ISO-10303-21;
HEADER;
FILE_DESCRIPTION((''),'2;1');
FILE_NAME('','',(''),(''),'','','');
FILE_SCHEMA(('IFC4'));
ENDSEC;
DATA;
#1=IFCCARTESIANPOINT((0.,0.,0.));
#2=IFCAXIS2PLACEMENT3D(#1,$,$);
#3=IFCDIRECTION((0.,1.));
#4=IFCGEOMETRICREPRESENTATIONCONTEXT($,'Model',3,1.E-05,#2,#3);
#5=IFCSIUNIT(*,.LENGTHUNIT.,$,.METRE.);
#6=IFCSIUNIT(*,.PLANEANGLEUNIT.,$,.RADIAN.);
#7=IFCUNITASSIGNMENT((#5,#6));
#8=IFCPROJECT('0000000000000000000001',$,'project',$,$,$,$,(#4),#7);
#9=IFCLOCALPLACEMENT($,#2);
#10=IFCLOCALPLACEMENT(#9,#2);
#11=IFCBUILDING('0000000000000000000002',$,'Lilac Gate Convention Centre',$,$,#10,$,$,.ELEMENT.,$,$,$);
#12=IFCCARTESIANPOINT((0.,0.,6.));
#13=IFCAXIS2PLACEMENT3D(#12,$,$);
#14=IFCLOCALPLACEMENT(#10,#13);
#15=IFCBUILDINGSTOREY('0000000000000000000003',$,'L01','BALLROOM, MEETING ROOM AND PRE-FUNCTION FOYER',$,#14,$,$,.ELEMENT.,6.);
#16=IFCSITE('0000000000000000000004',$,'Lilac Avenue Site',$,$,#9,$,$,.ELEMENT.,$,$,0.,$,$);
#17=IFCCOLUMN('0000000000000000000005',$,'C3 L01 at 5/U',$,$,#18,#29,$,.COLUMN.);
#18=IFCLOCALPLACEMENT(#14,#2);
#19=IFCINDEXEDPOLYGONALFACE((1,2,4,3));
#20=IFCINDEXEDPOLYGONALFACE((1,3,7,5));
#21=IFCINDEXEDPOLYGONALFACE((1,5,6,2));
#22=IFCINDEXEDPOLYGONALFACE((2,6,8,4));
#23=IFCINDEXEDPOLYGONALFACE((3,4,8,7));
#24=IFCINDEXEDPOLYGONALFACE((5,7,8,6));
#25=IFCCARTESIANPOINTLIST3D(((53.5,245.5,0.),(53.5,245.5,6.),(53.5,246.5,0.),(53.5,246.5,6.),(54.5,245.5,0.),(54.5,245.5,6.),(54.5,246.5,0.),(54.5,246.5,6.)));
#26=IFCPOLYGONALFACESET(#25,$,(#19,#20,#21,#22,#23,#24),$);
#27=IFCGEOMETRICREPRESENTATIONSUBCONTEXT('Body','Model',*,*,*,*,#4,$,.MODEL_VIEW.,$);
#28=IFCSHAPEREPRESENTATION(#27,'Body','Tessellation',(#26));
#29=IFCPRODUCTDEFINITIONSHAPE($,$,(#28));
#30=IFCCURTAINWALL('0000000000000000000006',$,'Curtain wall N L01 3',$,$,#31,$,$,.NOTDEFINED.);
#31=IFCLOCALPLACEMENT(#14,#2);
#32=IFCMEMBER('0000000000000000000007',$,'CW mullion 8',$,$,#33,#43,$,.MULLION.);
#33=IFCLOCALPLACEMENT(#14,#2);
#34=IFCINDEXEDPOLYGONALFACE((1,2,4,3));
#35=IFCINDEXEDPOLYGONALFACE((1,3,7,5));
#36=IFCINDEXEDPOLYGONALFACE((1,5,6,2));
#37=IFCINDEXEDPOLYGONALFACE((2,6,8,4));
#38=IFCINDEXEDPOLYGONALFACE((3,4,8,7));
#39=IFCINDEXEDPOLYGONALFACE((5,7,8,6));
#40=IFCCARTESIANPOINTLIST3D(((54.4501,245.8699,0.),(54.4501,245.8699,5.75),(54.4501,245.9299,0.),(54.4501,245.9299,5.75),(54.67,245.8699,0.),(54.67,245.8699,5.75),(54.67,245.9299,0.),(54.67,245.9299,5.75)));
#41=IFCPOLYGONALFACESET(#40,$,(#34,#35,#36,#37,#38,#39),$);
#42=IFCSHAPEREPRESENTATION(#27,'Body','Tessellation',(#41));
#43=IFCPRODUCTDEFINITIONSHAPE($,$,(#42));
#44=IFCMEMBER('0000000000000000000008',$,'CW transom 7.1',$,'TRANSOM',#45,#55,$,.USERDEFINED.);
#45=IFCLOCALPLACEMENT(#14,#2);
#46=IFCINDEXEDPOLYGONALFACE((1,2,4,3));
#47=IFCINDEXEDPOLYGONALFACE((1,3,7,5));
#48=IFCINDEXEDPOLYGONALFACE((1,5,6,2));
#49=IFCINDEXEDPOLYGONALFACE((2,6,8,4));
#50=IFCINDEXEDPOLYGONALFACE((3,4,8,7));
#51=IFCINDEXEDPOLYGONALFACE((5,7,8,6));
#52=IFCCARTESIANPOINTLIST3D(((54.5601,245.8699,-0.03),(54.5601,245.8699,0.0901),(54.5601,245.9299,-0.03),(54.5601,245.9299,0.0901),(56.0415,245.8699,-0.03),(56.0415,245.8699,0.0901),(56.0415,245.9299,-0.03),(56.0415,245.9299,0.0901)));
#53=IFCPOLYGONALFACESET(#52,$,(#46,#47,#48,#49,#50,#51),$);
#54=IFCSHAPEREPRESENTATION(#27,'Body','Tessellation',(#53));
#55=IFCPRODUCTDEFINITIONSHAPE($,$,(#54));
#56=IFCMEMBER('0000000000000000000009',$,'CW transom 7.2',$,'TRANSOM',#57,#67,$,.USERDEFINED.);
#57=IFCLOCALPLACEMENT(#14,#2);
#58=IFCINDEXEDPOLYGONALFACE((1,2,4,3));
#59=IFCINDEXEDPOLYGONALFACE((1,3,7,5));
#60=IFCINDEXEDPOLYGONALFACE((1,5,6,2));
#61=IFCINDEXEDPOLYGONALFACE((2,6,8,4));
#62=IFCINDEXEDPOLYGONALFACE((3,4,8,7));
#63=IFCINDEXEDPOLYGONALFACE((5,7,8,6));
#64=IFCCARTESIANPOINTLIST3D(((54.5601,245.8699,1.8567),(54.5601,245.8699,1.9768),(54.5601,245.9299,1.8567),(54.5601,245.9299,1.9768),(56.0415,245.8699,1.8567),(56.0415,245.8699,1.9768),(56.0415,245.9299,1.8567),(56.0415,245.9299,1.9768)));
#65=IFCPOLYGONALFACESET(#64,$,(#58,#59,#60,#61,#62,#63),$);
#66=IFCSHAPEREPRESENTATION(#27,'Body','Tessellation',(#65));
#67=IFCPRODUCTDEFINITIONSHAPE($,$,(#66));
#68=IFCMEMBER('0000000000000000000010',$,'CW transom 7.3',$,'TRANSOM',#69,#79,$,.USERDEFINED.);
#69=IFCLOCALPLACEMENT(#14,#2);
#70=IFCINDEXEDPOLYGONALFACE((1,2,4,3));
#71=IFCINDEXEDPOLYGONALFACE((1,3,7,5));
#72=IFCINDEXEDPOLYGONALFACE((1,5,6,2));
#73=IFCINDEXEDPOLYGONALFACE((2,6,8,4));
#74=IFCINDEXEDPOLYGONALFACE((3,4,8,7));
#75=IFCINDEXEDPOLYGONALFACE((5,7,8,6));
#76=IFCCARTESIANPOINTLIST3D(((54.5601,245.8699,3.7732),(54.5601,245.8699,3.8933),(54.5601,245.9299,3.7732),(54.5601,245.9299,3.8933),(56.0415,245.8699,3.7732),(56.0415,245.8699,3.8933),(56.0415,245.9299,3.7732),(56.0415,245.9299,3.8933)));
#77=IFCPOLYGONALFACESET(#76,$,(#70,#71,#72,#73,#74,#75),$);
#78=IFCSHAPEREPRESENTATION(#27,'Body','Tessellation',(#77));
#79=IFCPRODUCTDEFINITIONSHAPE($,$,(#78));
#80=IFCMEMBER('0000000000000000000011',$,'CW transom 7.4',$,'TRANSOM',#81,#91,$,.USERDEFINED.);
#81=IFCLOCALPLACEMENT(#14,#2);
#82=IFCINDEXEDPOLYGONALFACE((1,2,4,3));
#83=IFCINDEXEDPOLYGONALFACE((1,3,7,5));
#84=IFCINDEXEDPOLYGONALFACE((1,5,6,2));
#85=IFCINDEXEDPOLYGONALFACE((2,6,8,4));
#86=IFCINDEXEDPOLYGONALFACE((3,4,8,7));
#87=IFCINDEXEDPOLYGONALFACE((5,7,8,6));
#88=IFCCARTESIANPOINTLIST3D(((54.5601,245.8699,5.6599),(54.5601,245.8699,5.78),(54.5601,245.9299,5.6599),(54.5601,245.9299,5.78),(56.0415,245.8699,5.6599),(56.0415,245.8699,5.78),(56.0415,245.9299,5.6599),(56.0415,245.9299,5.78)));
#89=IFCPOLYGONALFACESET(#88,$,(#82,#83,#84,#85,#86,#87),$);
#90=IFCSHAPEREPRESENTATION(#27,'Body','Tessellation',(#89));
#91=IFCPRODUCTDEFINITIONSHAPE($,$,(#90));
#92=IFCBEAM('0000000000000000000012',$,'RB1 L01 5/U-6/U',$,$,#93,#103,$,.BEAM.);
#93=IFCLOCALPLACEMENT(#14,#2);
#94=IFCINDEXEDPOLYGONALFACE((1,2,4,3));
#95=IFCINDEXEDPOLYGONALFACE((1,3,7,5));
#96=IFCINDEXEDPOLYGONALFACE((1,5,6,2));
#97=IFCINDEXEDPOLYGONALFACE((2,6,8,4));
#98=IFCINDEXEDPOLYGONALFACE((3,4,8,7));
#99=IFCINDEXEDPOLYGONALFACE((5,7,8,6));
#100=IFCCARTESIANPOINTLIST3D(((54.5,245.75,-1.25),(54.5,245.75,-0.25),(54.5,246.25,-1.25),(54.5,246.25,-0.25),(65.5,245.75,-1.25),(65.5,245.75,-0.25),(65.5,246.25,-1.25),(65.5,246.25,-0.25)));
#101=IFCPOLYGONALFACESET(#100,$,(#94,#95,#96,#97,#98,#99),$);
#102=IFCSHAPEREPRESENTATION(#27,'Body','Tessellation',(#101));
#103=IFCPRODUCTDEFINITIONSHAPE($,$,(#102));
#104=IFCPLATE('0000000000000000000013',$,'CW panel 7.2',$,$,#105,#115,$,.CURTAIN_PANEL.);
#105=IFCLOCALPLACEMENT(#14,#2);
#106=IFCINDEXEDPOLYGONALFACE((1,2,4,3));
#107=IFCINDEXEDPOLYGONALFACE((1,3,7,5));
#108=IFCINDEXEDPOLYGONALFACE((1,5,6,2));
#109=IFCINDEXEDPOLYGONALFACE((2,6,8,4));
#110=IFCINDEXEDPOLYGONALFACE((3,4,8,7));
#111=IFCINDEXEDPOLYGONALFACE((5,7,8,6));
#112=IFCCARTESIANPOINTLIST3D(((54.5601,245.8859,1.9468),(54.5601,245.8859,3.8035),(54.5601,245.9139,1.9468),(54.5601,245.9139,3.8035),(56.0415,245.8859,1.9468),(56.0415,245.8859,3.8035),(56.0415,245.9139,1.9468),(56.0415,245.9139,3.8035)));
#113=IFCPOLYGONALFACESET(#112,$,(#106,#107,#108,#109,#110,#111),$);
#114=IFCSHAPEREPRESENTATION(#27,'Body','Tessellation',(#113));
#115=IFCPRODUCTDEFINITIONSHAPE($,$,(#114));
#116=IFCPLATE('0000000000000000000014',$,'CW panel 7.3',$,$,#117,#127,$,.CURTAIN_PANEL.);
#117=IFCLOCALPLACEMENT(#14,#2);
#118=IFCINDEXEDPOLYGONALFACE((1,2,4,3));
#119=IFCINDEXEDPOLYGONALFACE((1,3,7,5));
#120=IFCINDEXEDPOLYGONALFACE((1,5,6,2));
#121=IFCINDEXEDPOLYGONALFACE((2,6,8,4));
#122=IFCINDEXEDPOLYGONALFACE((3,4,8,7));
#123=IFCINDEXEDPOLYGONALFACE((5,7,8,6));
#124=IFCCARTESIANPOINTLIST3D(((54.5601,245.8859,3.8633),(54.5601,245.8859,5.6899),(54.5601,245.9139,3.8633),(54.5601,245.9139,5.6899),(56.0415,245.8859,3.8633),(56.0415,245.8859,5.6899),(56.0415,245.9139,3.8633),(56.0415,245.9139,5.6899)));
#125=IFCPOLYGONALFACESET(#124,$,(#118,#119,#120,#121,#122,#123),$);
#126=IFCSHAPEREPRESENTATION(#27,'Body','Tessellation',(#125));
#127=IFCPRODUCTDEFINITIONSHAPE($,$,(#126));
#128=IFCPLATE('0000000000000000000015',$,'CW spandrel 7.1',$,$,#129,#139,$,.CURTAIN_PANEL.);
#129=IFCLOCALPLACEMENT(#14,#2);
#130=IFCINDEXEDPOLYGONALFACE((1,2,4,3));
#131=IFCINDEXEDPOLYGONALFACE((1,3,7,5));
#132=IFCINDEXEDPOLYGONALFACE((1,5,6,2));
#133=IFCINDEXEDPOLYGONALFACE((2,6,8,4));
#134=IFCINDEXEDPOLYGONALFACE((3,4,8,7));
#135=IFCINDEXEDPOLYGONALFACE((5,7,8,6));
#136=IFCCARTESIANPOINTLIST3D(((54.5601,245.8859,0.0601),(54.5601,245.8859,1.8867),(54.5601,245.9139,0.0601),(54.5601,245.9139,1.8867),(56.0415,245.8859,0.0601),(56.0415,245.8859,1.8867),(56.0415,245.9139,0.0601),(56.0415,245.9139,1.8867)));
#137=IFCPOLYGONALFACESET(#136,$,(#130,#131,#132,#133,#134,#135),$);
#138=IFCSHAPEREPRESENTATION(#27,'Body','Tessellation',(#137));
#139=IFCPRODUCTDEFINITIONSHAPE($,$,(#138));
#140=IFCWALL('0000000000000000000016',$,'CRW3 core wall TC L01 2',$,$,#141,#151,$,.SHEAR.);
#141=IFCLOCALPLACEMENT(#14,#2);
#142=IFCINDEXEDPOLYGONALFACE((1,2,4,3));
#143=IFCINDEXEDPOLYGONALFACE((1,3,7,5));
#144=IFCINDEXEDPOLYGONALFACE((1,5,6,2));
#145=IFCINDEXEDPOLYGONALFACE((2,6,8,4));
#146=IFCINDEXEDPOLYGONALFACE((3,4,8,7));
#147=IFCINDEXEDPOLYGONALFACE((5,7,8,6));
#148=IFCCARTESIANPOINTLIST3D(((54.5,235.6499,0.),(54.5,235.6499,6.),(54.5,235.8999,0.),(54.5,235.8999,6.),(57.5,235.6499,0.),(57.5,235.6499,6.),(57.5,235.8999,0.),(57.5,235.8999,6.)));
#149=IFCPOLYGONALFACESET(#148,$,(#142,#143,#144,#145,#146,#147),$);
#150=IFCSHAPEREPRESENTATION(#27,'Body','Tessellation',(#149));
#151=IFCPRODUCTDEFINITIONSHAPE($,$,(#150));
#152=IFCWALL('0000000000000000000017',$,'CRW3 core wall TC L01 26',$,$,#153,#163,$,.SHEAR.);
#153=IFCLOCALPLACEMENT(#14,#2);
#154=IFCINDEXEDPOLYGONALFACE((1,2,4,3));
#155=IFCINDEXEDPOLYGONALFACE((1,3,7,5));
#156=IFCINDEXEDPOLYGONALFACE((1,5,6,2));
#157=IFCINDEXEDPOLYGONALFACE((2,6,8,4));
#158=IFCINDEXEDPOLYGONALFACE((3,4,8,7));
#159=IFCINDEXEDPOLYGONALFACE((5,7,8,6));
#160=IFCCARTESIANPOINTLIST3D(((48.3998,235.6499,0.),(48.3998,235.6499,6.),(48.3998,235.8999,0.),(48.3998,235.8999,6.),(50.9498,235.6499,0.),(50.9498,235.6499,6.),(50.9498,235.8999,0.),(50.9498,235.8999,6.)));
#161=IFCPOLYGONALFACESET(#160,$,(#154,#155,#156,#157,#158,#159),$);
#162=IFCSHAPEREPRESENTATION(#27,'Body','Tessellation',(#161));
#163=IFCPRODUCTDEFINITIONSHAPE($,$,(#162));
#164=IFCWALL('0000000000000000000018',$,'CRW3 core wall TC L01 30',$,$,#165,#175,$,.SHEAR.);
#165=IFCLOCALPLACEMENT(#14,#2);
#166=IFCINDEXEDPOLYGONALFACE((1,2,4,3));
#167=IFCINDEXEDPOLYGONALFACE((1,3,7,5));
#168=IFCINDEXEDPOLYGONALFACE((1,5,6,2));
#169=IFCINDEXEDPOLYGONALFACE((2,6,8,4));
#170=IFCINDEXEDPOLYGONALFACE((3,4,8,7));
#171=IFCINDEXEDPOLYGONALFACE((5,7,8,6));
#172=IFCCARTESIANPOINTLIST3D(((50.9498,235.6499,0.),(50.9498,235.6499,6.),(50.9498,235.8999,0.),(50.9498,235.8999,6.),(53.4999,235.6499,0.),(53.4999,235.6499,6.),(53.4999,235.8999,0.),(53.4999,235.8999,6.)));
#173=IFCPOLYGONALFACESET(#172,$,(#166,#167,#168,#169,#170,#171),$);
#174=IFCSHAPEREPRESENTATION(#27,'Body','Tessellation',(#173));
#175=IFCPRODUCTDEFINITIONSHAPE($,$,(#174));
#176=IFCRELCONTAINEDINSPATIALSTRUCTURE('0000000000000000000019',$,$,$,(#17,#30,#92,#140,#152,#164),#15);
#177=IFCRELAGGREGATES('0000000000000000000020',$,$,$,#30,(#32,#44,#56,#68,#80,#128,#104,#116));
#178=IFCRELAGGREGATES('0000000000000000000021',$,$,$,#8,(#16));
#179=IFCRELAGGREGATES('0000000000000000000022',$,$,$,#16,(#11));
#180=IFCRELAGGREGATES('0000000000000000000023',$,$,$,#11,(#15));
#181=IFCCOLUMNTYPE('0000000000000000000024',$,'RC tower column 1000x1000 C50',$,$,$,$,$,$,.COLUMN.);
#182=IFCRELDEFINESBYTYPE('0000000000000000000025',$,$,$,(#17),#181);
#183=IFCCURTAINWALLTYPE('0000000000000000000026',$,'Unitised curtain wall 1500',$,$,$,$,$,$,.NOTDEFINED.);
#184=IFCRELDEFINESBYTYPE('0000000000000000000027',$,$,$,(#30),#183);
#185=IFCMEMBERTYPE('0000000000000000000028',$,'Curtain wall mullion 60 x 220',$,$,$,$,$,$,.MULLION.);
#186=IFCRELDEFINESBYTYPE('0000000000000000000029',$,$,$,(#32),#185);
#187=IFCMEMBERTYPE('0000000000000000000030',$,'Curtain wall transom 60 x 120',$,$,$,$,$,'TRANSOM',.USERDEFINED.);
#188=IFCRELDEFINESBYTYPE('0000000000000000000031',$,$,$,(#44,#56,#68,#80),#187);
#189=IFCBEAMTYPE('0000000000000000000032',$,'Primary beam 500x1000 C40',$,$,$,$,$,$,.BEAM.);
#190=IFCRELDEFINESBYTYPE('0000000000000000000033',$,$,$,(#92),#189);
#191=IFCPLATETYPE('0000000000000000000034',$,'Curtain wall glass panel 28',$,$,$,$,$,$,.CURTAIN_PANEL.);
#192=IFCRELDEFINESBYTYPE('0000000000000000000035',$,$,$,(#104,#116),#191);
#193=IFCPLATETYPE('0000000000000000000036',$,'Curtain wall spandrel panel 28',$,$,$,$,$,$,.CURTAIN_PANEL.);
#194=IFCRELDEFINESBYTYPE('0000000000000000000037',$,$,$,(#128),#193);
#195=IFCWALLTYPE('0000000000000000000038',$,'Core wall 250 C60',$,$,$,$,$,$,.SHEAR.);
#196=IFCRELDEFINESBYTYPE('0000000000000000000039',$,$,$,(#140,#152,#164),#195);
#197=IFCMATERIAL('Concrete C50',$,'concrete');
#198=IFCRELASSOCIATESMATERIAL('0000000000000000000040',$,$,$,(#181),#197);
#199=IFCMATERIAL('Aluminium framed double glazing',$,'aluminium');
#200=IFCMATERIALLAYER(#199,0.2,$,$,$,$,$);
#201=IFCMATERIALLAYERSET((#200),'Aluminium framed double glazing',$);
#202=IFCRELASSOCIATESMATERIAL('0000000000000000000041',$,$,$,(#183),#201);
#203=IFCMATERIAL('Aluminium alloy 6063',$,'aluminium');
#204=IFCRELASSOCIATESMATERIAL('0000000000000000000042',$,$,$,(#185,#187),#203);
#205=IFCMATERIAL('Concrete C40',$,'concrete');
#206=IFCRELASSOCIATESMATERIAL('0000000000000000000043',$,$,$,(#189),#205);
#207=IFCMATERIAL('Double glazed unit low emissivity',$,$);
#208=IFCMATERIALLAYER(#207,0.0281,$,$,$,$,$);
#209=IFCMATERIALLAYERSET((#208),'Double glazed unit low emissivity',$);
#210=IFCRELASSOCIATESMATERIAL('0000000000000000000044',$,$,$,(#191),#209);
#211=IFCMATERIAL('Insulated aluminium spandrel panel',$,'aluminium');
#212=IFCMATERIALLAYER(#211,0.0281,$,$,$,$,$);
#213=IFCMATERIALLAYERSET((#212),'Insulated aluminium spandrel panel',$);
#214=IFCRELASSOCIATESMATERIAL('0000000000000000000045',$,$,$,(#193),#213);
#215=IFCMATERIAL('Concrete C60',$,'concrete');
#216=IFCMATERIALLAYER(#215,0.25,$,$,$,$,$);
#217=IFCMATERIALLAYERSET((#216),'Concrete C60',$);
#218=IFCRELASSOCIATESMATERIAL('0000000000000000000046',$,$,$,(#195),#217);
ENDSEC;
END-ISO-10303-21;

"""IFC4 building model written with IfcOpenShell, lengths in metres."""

from ifc_helpers import new_model, si_unit, direction, frame, frame_2d, origin, origin_2d, place, context, subcontext, project, spatial, rectangle, extrude, material, layer, layer_set, material_profile, profile_set, type_object, element, aggregate, save


model = new_model("IFC4")

# Units and contexts
model_context = context("Model", 3, precision=1e-05, world=origin(), true_north=direction((0.0, 1.0)))
body_context = subcontext(model_context, "Body", "Model", "MODEL_VIEW")
ifc_project = project(units=[si_unit("LENGTHUNIT", "METRE"), si_unit("PLANEANGLEUNIT", "RADIAN")], contexts=[model_context])

# Site, building, storey
site_placement = place(None, origin())
site = spatial("IfcSite", under=ifc_project, at=site_placement, Name="Lilac Avenue Site", CompositionType="ELEMENT", RefElevation=0.0)
building_placement = place(site_placement, origin())
building = spatial("IfcBuilding", under=site, at=building_placement, Name="Lilac Gate Convention Centre", CompositionType="ELEMENT")
storey_placement = place(building_placement, frame((0.0, 0.0, 6.0)))
storey = spatial("IfcBuildingStorey", under=building, at=storey_placement, Name="L01", Description="BALLROOM, MEETING ROOM AND PRE-FUNCTION FOYER", CompositionType="ELEMENT", Elevation=6.0)

# Column
ifc_material_1 = material(Name="Concrete C50", Category="concrete")
ifc_material_profile_1 = material_profile(ifc_material_1, rectangle(XDim=1.0, YDim=1.0, at=origin_2d()), Name="RC 1000x1000")
ifc_profile_set_1 = profile_set([ifc_material_profile_1], Name="Concrete C50")
column_type = type_object("IfcColumnType", Name="RC tower column 1000x1000 C50", PredefinedType="COLUMN", material=ifc_profile_set_1)
column_placement = place(storey_placement, frame((54.0, 246.0, 0.0), z_axis=(0.0, 0.0, 1.0), x_axis=(1.0, 0.0, 0.0)))
element("IfcColumn", 1, at=column_placement, inside=storey, type_object=column_type, Name="C3 L01 at 5/U", PredefinedType="COLUMN", context=body_context, shape_type="SweptSolid", body=[
    extrude(rectangle(XDim=1.0, YDim=1.0, at=origin_2d()), origin(), (0.0, 0.0, 1.0), 6.0),
])

# Curtain wall, members
ifc_material_2 = material(Name="Aluminium framed double glazing", Category="aluminium")
ifc_layer_1 = layer(ifc_material_2, 0.2)
ifc_layer_set_1 = layer_set([ifc_layer_1], Name="Aluminium framed double glazing")
curtain_wall_type = type_object("IfcCurtainWallType", Name="Unitised curtain wall 1500", PredefinedType="NOTDEFINED", material=ifc_layer_set_1)
curtain_wall_placement = place(storey_placement, origin())
curtain_wall = element("IfcCurtainWall", 2, at=curtain_wall_placement, inside=storey, type_object=curtain_wall_type, Name="Curtain wall N L01 3", PredefinedType="NOTDEFINED")
ifc_material_3 = material(Name="Aluminium alloy 6063", Category="aluminium")
ifc_material_profile_2 = material_profile(ifc_material_3, rectangle(XDim=0.0601, YDim=0.22, at=origin_2d()), Name="Curtain wall mullion 60 x 220")
ifc_profile_set_2 = profile_set([ifc_material_profile_2], Name="Aluminium alloy 6063")
member_type_1 = type_object("IfcMemberType", Name="Curtain wall mullion 60 x 220", PredefinedType="MULLION", material=ifc_profile_set_2)
member_1_placement = place(storey_placement, frame((54.5601, 245.8999, 0.0), z_axis=(0.0, 0.0, 1.0), x_axis=(0.0, -1.0, 0.0)))
member_1 = element("IfcMember", 3, at=member_1_placement, type_object=member_type_1, Name="CW mullion 8", PredefinedType="MULLION", context=body_context, shape_type="SweptSolid", body=[
    extrude(rectangle(XDim=0.0601, YDim=0.22, at=origin_2d()), origin(), (0.0, 0.0, 1.0), 5.75),
])
ifc_material_profile_3 = material_profile(ifc_material_3, rectangle(XDim=0.0601, YDim=0.1201, at=origin_2d()), Name="Curtain wall transom 60 x 120")
ifc_profile_set_3 = profile_set([ifc_material_profile_3], Name="Aluminium alloy 6063")
member_type_2 = type_object("IfcMemberType", Name="Curtain wall transom 60 x 120", ElementType="TRANSOM", PredefinedType="USERDEFINED", material=ifc_profile_set_3)
member_2_placement = place(storey_placement, frame((56.0415, 245.8999, 0.03), z_axis=(-1.0, 0.0, 0.0), x_axis=(0.0, -1.0, 0.0)))
member_2 = element("IfcMember", 4, at=member_2_placement, type_object=member_type_2, Name="CW transom 7.1", ObjectType="TRANSOM", PredefinedType="USERDEFINED", context=body_context, shape_type="SweptSolid", body=[
    extrude(rectangle(XDim=0.0601, YDim=0.1201, at=origin_2d()), origin(), (0.0, 0.0, 1.0), 1.4814),
])
member_3_placement = place(storey_placement, frame((56.0415, 245.8999, 1.9167), z_axis=(-1.0, 0.0, 0.0), x_axis=(0.0, -1.0, 0.0)))
member_3 = element("IfcMember", 5, at=member_3_placement, type_object=member_type_2, Name="CW transom 7.2", ObjectType="TRANSOM", PredefinedType="USERDEFINED", context=body_context, shape_type="SweptSolid", body=[
    extrude(rectangle(XDim=0.0601, YDim=0.1201, at=origin_2d()), origin(), (0.0, 0.0, 1.0), 1.4814),
])
member_4_placement = place(storey_placement, frame((56.0415, 245.8999, 3.8333), z_axis=(-1.0, 0.0, 0.0), x_axis=(0.0, -1.0, 0.0)))
member_4 = element("IfcMember", 6, at=member_4_placement, type_object=member_type_2, Name="CW transom 7.3", ObjectType="TRANSOM", PredefinedType="USERDEFINED", context=body_context, shape_type="SweptSolid", body=[
    extrude(rectangle(XDim=0.0601, YDim=0.1201, at=origin_2d()), origin(), (0.0, 0.0, 1.0), 1.4814),
])
member_5_placement = place(storey_placement, frame((56.0415, 245.8999, 5.72), z_axis=(-1.0, 0.0, 0.0), x_axis=(0.0, -1.0, 0.0)))
member_5 = element("IfcMember", 7, at=member_5_placement, type_object=member_type_2, Name="CW transom 7.4", ObjectType="TRANSOM", PredefinedType="USERDEFINED", context=body_context, shape_type="SweptSolid", body=[
    extrude(rectangle(XDim=0.0601, YDim=0.1201, at=origin_2d()), origin(), (0.0, 0.0, 1.0), 1.4814),
])

# Beam
ifc_material_4 = material(Name="Concrete C40", Category="concrete")
ifc_material_profile_4 = material_profile(ifc_material_4, rectangle(XDim=0.5, YDim=1.0, at=origin_2d()), Name="RC 500x1000")
ifc_profile_set_4 = profile_set([ifc_material_profile_4], Name="Concrete C40")
beam_type = type_object("IfcBeamType", Name="Primary beam 500x1000 C40", PredefinedType="BEAM", material=ifc_profile_set_4)
beam_placement = place(storey_placement, frame((54.5, 246.0, -0.75), z_axis=(1.0, 0.0, 0.0), x_axis=(0.0, 1.0, 0.0)))
element("IfcBeam", 8, at=beam_placement, inside=storey, type_object=beam_type, Name="RB1 L01 5/U-6/U", PredefinedType="BEAM", context=body_context, shape_type="SweptSolid", body=[
    extrude(rectangle(XDim=0.5, YDim=1.0, at=origin_2d()), origin(), (0.0, 0.0, 1.0), 11.0),
])

# Plates
ifc_material_5 = material(Name="Double glazed unit low emissivity")
ifc_layer_2 = layer(ifc_material_5, 0.0281)
ifc_layer_set_2 = layer_set([ifc_layer_2], Name="Double glazed unit low emissivity")
plate_type_1 = type_object("IfcPlateType", Name="Curtain wall glass panel 28", PredefinedType="CURTAIN_PANEL", material=ifc_layer_set_2)
plate_1_placement = place(storey_placement, frame((55.3008, 245.8999, 1.9468), z_axis=(0.0, 0.0, 1.0), x_axis=(-1.0, 0.0, 0.0)))
plate_1 = element("IfcPlate", 9, at=plate_1_placement, type_object=plate_type_1, Name="CW panel 7.2", PredefinedType="CURTAIN_PANEL", context=body_context, shape_type="SweptSolid", body=[
    extrude(rectangle(XDim=1.4814, YDim=0.0281, at=origin_2d()), origin(), (0.0, 0.0, 1.0), 1.8567),
])
plate_2_placement = place(storey_placement, frame((55.3008, 245.8999, 3.8633), z_axis=(0.0, 0.0, 1.0), x_axis=(-1.0, 0.0, 0.0)))
plate_2 = element("IfcPlate", 10, at=plate_2_placement, type_object=plate_type_1, Name="CW panel 7.3", PredefinedType="CURTAIN_PANEL", context=body_context, shape_type="SweptSolid", body=[
    extrude(rectangle(XDim=1.4814, YDim=0.0281, at=origin_2d()), origin(), (0.0, 0.0, 1.0), 1.8267),
])
ifc_material_6 = material(Name="Insulated aluminium spandrel panel", Category="aluminium")
ifc_layer_3 = layer(ifc_material_6, 0.0281)
ifc_layer_set_3 = layer_set([ifc_layer_3], Name="Insulated aluminium spandrel panel")
plate_type_2 = type_object("IfcPlateType", Name="Curtain wall spandrel panel 28", PredefinedType="CURTAIN_PANEL", material=ifc_layer_set_3)
plate_3_placement = place(storey_placement, frame((55.3008, 245.8999, 0.0601), z_axis=(0.0, 0.0, 1.0), x_axis=(-1.0, 0.0, 0.0)))
plate_3 = element("IfcPlate", 11, at=plate_3_placement, type_object=plate_type_2, Name="CW spandrel 7.1", PredefinedType="CURTAIN_PANEL", context=body_context, shape_type="SweptSolid", body=[
    extrude(rectangle(XDim=1.4814, YDim=0.0281, at=origin_2d()), origin(), (0.0, 0.0, 1.0), 1.8267),
])
aggregate(curtain_wall, [member_1, member_2, member_3, member_4, member_5, plate_3, plate_1, plate_2])

# Walls
ifc_material_7 = material(Name="Concrete C60", Category="concrete")
ifc_layer_4 = layer(ifc_material_7, 0.25)
ifc_layer_set_4 = layer_set([ifc_layer_4], Name="Concrete C60")
wall_type_1 = type_object("IfcWallType", Name="Core wall 250 C60", PredefinedType="SHEAR", material=ifc_layer_set_4)
wall_1_placement = place(storey_placement, frame((54.5, 235.7749, 0.0), z_axis=(0.0, 0.0, 1.0), x_axis=(1.0, 0.0, 0.0)))
element("IfcWall", 12, at=wall_1_placement, inside=storey, type_object=wall_type_1, Name="CRW3 core wall TC L01 2", PredefinedType="SHEAR", context=body_context, shape_type="SweptSolid", body=[
    extrude(rectangle(XDim=3.0, YDim=0.25, at=frame_2d((1.5, 0.0))), origin(), (0.0, 0.0, 1.0), 6.0),
])
for number, where, z_axis, x_axis, name in (
    (13, (48.3999, 235.7749, 0.0), (0.0, 0.0, 1.0), (1.0, 0.0, 0.0), "CRW3 core wall TC L01 26"),
    (14, (50.95, 235.7749, 0.0), (0.0, 0.0, 1.0), (1.0, 0.0, 0.0), "CRW3 core wall TC L01 30"),
):
    element("IfcWall", number, at=place(storey_placement, frame(where, z_axis=z_axis, x_axis=x_axis)), inside=storey, type_object=wall_type_1, Name=name, PredefinedType="SHEAR", context=body_context, shape_type="SweptSolid", body=[
        extrude(rectangle(XDim=2.55, YDim=0.25, at=frame_2d((1.2749, 0.0))), origin(), (0.0, 0.0, 1.0), 6.0),
    ])

save(model, "model.ifc")
